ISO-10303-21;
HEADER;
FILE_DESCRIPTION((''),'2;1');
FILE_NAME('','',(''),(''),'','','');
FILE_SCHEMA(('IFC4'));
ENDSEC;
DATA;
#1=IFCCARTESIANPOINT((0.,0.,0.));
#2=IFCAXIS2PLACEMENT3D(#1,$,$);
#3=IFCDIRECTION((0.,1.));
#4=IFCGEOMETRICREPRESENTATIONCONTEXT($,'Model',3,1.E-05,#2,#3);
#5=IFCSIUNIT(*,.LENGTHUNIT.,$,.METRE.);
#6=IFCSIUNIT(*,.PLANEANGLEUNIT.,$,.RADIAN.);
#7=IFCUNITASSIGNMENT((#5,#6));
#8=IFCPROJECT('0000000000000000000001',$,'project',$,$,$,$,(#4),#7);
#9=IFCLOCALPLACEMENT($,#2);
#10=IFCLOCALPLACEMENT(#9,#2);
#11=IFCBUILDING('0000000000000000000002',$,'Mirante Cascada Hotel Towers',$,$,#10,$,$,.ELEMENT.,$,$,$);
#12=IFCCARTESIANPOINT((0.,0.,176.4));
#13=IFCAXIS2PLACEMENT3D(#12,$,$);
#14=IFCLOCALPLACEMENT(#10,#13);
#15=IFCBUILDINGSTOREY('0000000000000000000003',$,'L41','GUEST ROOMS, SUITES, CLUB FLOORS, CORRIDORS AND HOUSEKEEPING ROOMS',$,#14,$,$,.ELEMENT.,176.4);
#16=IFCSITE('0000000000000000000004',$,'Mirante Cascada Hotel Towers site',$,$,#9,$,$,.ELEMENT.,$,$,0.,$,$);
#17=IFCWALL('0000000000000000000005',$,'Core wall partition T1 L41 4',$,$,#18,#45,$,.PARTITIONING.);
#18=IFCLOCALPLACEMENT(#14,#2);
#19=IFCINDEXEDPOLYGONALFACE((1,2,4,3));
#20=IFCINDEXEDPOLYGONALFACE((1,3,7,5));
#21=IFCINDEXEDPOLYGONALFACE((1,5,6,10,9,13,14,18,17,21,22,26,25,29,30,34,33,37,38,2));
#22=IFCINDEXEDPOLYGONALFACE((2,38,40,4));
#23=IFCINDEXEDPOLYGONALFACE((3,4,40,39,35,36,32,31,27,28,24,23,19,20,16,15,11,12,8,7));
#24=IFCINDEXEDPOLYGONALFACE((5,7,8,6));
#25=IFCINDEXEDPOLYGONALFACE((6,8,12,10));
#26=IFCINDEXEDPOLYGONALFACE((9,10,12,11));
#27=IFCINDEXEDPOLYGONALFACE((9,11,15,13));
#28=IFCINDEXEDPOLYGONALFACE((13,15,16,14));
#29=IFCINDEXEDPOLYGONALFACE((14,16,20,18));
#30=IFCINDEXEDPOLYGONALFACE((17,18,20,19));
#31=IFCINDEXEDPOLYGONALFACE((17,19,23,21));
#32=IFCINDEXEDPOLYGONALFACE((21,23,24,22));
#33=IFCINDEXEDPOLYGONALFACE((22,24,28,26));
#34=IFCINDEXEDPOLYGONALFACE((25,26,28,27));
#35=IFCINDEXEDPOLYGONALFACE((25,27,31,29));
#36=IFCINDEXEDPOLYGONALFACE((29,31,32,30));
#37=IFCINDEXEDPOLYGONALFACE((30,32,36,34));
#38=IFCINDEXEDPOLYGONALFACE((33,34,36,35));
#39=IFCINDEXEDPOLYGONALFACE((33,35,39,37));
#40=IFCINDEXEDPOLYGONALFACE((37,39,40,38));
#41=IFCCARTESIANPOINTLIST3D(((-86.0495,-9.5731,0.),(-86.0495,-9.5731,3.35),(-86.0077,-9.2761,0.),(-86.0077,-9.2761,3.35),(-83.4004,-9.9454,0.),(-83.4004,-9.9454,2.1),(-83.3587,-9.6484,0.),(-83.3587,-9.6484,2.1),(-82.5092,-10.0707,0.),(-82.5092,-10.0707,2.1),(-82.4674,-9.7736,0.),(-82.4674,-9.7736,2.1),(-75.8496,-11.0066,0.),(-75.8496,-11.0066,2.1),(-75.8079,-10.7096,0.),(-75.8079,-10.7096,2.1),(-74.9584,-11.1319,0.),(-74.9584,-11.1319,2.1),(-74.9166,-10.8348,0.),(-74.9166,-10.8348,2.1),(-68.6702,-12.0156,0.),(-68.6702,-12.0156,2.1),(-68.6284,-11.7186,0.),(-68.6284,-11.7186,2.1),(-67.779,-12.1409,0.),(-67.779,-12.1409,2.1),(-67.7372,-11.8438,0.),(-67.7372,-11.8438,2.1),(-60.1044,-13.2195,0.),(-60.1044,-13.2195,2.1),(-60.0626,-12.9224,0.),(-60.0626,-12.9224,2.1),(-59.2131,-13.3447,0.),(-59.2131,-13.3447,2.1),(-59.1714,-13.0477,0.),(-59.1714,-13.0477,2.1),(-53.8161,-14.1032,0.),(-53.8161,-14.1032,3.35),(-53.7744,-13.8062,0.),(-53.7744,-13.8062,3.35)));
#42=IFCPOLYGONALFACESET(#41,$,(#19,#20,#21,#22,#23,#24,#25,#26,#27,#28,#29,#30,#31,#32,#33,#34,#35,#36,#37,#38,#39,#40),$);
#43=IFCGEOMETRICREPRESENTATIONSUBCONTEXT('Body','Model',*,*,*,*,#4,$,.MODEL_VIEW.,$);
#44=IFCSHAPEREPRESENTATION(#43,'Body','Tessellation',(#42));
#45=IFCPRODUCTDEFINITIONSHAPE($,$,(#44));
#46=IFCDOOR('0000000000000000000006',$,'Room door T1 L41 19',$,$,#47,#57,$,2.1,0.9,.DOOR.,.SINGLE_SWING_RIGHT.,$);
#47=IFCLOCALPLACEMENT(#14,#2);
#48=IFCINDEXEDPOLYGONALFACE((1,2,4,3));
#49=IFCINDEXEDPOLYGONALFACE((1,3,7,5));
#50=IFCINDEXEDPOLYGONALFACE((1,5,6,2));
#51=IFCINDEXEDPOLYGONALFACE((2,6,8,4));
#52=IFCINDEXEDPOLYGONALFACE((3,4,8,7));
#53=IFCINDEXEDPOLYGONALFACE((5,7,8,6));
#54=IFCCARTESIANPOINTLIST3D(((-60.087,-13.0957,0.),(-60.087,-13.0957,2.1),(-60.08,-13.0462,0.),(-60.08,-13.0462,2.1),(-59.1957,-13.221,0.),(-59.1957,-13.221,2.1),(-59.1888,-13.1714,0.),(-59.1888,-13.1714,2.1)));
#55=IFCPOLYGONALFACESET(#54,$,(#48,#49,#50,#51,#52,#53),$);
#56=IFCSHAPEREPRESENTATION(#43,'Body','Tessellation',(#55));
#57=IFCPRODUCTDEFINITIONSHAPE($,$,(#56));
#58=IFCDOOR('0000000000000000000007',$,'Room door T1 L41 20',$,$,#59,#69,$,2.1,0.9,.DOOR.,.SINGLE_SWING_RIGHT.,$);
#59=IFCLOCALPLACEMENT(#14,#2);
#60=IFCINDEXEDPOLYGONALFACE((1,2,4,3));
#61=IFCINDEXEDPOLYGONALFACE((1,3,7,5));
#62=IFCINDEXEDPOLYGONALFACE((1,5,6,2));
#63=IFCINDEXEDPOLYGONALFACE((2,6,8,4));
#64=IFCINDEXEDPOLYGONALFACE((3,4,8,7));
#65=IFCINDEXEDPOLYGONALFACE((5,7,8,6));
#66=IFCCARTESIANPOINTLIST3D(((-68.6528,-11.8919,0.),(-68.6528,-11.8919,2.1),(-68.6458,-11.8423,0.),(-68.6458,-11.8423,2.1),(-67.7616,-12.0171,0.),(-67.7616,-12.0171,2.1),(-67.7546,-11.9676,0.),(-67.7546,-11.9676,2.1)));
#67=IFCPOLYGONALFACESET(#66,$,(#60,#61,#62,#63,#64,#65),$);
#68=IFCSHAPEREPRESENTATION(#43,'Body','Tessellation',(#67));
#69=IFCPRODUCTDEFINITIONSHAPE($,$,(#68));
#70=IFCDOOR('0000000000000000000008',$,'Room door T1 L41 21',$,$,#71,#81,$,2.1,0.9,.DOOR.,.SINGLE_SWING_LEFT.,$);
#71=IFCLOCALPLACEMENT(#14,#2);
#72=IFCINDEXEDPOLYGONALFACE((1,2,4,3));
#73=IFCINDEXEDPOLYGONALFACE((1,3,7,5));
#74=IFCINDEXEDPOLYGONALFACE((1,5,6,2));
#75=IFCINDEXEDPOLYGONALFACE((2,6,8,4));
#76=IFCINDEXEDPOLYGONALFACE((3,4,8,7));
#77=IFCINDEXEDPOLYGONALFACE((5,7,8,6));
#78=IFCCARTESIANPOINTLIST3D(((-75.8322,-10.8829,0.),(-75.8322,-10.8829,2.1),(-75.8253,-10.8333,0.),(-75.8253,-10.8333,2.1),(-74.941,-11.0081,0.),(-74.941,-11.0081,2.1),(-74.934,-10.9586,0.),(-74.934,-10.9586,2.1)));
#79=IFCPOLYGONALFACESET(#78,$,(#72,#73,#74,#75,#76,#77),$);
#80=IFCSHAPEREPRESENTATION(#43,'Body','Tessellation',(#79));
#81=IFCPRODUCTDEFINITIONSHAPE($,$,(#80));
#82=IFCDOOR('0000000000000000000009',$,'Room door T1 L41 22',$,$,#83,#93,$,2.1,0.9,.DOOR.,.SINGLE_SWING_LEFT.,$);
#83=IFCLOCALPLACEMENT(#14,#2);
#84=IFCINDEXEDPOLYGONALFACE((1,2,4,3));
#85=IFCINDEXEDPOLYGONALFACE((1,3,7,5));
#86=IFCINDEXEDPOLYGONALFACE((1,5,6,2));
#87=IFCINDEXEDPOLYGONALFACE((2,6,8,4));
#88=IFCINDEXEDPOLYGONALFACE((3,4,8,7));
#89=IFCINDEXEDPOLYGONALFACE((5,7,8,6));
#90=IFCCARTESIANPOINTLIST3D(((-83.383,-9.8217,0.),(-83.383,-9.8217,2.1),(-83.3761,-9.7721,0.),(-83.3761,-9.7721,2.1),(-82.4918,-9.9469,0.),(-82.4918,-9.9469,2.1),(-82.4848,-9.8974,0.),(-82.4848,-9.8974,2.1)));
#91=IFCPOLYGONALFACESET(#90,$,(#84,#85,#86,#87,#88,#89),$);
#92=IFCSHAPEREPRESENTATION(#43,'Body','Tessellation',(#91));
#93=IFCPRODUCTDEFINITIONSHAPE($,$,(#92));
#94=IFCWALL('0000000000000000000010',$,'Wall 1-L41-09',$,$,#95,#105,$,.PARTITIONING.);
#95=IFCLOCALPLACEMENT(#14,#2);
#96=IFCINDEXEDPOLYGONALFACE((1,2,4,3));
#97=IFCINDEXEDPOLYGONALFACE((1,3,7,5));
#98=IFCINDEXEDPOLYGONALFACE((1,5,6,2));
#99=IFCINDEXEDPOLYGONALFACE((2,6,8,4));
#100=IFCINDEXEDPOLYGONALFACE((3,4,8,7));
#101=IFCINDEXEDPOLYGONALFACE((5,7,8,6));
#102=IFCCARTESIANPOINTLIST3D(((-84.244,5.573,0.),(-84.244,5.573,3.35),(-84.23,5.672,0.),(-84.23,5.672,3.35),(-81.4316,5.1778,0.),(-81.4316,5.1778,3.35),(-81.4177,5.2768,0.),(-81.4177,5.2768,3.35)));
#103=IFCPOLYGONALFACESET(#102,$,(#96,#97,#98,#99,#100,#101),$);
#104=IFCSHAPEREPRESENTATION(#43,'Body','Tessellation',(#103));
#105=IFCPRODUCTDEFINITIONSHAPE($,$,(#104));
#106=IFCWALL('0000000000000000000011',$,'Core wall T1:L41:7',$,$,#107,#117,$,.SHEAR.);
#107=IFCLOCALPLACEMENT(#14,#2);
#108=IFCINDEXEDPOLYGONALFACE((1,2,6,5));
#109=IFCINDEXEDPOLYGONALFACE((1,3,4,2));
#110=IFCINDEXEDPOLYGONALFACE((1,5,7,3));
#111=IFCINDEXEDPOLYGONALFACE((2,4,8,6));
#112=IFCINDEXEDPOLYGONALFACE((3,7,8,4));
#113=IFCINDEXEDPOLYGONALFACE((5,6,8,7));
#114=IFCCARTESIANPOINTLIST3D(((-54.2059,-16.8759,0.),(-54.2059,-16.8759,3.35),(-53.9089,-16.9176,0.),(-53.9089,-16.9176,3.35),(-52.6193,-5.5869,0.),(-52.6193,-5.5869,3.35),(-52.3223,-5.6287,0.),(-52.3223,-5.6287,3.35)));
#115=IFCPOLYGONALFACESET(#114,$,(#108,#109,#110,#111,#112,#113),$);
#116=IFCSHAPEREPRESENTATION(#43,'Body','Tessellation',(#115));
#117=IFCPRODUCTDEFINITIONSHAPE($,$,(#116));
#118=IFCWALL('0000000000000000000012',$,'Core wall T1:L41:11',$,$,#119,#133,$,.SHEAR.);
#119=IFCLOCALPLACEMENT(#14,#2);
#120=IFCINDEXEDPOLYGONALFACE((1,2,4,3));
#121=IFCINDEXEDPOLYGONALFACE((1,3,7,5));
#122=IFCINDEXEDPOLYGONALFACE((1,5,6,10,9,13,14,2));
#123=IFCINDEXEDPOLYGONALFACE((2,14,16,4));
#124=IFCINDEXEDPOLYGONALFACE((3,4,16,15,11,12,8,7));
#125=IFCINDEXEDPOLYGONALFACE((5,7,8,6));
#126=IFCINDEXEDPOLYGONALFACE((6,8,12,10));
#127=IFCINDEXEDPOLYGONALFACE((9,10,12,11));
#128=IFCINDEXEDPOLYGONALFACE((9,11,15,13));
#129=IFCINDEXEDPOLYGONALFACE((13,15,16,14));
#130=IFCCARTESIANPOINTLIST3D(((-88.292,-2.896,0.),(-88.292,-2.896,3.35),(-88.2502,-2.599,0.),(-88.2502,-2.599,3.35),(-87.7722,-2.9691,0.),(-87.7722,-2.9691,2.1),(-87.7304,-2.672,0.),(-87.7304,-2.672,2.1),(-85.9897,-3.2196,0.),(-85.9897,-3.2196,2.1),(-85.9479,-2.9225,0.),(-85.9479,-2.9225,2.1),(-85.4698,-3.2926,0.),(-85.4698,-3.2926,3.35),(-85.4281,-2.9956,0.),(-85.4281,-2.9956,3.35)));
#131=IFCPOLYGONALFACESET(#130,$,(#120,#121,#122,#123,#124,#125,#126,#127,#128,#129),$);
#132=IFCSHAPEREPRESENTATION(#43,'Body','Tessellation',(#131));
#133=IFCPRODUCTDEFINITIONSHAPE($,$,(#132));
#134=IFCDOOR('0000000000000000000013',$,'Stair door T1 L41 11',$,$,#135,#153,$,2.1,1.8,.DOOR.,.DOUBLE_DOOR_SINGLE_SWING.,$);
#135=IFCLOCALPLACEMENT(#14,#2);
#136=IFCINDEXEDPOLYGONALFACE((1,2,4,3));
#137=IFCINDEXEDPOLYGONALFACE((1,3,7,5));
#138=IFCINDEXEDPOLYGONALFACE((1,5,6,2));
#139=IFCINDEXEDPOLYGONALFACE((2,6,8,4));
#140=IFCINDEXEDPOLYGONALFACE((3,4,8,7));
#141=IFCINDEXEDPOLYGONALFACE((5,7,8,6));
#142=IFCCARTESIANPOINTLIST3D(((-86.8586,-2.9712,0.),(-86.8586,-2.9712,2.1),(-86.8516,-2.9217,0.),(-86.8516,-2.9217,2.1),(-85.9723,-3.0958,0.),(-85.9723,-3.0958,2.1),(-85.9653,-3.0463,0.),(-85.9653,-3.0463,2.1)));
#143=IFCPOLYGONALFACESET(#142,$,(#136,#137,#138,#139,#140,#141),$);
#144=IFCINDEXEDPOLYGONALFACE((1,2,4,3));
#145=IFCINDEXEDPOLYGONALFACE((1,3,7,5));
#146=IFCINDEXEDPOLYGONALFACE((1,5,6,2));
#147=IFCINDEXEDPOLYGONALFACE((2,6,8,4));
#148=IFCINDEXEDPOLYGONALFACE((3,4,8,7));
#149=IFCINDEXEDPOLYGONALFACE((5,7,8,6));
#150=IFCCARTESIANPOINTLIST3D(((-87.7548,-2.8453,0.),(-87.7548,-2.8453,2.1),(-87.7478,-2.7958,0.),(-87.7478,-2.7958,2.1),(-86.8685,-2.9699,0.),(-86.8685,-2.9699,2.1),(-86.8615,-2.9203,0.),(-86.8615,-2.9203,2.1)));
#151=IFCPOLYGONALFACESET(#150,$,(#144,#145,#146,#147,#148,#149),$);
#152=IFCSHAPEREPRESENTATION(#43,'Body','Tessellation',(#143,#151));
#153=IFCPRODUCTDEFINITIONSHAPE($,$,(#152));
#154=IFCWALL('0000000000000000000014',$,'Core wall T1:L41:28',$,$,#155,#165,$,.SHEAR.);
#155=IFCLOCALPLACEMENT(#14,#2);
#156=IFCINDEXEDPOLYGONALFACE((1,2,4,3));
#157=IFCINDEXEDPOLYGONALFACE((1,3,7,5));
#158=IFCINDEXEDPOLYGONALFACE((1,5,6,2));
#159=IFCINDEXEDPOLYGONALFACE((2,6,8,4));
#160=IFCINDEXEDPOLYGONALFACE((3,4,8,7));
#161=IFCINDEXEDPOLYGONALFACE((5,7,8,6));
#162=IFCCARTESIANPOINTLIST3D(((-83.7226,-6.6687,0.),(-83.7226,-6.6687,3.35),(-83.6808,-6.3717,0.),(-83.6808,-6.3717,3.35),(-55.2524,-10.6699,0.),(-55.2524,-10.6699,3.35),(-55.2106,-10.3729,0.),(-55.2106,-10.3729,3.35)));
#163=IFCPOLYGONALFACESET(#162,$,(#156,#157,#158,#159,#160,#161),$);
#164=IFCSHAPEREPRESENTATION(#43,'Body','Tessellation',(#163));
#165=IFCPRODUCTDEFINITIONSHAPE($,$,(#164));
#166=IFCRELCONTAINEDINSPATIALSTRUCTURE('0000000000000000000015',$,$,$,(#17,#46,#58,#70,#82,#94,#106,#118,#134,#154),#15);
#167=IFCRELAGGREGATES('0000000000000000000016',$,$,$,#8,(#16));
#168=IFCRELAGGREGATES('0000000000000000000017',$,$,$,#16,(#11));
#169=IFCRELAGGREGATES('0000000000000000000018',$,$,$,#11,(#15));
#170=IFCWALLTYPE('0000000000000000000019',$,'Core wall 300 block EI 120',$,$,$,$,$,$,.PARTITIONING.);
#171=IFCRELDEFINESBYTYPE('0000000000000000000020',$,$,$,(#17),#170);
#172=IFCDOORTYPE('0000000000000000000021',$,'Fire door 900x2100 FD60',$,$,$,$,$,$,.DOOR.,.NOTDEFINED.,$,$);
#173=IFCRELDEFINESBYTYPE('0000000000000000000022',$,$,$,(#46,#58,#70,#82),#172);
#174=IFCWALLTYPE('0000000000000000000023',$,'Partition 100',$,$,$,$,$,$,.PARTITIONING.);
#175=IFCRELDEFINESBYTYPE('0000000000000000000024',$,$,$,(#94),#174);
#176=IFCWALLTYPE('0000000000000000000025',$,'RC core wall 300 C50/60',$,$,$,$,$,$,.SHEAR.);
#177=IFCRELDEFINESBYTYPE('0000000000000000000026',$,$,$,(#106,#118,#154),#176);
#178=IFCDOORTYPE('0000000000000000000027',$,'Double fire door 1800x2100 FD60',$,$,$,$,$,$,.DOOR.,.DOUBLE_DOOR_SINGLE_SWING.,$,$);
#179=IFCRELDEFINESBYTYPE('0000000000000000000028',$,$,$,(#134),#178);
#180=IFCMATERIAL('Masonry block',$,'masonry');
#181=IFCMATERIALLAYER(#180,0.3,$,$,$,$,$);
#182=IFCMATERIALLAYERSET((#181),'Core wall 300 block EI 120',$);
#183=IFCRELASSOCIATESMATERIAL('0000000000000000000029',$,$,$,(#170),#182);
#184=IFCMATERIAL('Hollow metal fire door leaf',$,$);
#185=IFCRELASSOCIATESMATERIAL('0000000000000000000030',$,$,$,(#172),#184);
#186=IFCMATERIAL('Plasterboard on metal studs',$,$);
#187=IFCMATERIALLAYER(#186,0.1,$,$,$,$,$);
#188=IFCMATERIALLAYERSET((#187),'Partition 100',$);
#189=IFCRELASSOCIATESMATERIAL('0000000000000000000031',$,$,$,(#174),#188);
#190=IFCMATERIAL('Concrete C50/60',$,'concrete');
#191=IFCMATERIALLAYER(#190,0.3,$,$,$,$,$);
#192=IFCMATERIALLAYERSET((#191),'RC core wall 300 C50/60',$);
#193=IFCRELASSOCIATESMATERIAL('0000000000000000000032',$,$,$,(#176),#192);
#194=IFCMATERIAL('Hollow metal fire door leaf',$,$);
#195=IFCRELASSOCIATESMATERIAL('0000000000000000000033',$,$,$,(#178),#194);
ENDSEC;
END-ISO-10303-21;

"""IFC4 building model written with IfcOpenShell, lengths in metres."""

from ifc_helpers import new_model, si_unit, direction, frame, frame_2d, origin, place, context, subcontext, project, spatial, rectangle, extrude, material, layer, layer_set, type_object, element, fill, save


model = new_model("IFC4")

# Units and contexts
model_context = context("Model", 3, precision=1e-05, world=origin(), true_north=direction((0.0, 1.0)))
body_context = subcontext(model_context, "Body", "Model", "MODEL_VIEW")
ifc_project = project(units=[si_unit("LENGTHUNIT", "METRE"), si_unit("PLANEANGLEUNIT", "RADIAN")], contexts=[model_context])

# Site, building, storey
site_placement = place(None, origin())
site = spatial("IfcSite", under=ifc_project, at=site_placement, Name="Mirante Cascada Hotel Towers site", CompositionType="ELEMENT", RefElevation=0.0)
building_placement = place(site_placement, origin())
building = spatial("IfcBuilding", under=site, at=building_placement, Name="Mirante Cascada Hotel Towers", CompositionType="ELEMENT")
storey_placement = place(building_placement, frame((0.0, 0.0, 176.4)))
storey = spatial("IfcBuildingStorey", under=building, at=storey_placement, Name="L41", Description="GUEST ROOMS, SUITES, CLUB FLOORS, CORRIDORS AND HOUSEKEEPING ROOMS", CompositionType="ELEMENT", Elevation=176.4)

# Wall, openings, doors
ifc_material_1 = material(Name="Masonry block", Category="masonry")
ifc_layer_1 = layer(ifc_material_1, 0.3)
ifc_layer_set_1 = layer_set([ifc_layer_1], Name="Core wall 300 block EI 120")
wall_type_1 = type_object("IfcWallType", Name="Core wall 300 block EI 120", PredefinedType="PARTITIONING", material=ifc_layer_set_1)
wall_1_placement = place(storey_placement, frame((-53.7953, -13.9547, 0.0), z_axis=(0.0, 0.0, 1.0), x_axis=(-0.990268, 0.139173, 0.0)))
wall_1 = element("IfcWall", 1, at=wall_1_placement, inside=storey, type_object=wall_type_1, Name="Core wall partition T1 L41 4", PredefinedType="PARTITIONING", context=body_context, shape_type="SweptSolid", body=[
    extrude(rectangle(XDim=32.5501, YDim=0.3, at=frame_2d((16.275, 0.0))), origin(), (0.0, 0.0, 1.0), 3.35),
])
opening_1_placement = place(wall_1_placement, frame((5.45, 0.0, 0.0)))
opening_1 = element("IfcOpeningElement", 2, at=opening_1_placement, cuts=wall_1, PredefinedType="OPENING", context=body_context, shape_type="SweptSolid", body=[
    extrude(rectangle(XDim=0.9, YDim=2.1, at=frame_2d((0.45, 1.05))), frame((0.0, 0.15, 0.0), z_axis=(0.0, -1.0, 0.0), x_axis=(1.0, 0.0, 0.0)), (0.0, 0.0, 1.0), 0.3),
])
opening_2_placement = place(wall_1_placement, frame((14.1, 0.0, 0.0)))
opening_2 = element("IfcOpeningElement", 3, at=opening_2_placement, cuts=wall_1, PredefinedType="OPENING", context=body_context, shape_type="SweptSolid", body=[
    extrude(rectangle(XDim=0.9, YDim=2.1, at=frame_2d((0.45, 1.05))), frame((0.0, 0.15, 0.0), z_axis=(0.0, -1.0, 0.0), x_axis=(1.0, 0.0, 0.0)), (0.0, 0.0, 1.0), 0.3),
])
opening_3_placement = place(wall_1_placement, frame((21.35, 0.0, 0.0)))
opening_3 = element("IfcOpeningElement", 4, at=opening_3_placement, cuts=wall_1, PredefinedType="OPENING", context=body_context, shape_type="SweptSolid", body=[
    extrude(rectangle(XDim=0.9, YDim=2.1, at=frame_2d((0.45, 1.05))), frame((0.0, 0.15, 0.0), z_axis=(0.0, -1.0, 0.0), x_axis=(1.0, 0.0, 0.0)), (0.0, 0.0, 1.0), 0.3),
])
opening_4_placement = place(wall_1_placement, frame((28.975, 0.0, 0.0)))
opening_4 = element("IfcOpeningElement", 5, at=opening_4_placement, cuts=wall_1, PredefinedType="OPENING", context=body_context, shape_type="SweptSolid", body=[
    extrude(rectangle(XDim=0.9, YDim=2.1, at=frame_2d((0.45, 1.05))), frame((0.0, 0.15, 0.0), z_axis=(0.0, -1.0, 0.0), x_axis=(1.0, 0.0, 0.0)), (0.0, 0.0, 1.0), 0.3),
])
ifc_material_2 = material(Name="Hollow metal fire door leaf")
door_type_1 = type_object("IfcDoorType", Name="Fire door 900x2100 FD60", OperationType="NOTDEFINED", PredefinedType="DOOR", material=ifc_material_2)
door_1_placement = place(opening_1_placement, origin())
door_1 = element("IfcDoor", 6, at=door_1_placement, inside=storey, type_object=door_type_1, Name="Room door T1 L41 19", OperationType="SINGLE_SWING_RIGHT", OverallHeight=2.1, OverallWidth=0.9, PredefinedType="DOOR", context=body_context, shape_type="SweptSolid", body=[
    extrude(rectangle(XDim=0.9, YDim=2.1, at=frame_2d((0.45, 1.05))), frame((0.0, 0.025, 0.0), z_axis=(0.0, -1.0, 0.0), x_axis=(1.0, 0.0, 0.0)), (0.0, 0.0, 1.0), 0.05),
])
fill(opening_1, door_1)
door_2_placement = place(opening_2_placement, origin())
door_2 = element("IfcDoor", 7, at=door_2_placement, inside=storey, type_object=door_type_1, Name="Room door T1 L41 20", OperationType="SINGLE_SWING_RIGHT", OverallHeight=2.1, OverallWidth=0.9, PredefinedType="DOOR", context=body_context, shape_type="SweptSolid", body=[
    extrude(rectangle(XDim=0.9, YDim=2.1, at=frame_2d((0.45, 1.05))), frame((0.0, 0.025, 0.0), z_axis=(0.0, -1.0, 0.0), x_axis=(1.0, 0.0, 0.0)), (0.0, 0.0, 1.0), 0.05),
])
fill(opening_2, door_2)
door_3_placement = place(opening_3_placement, origin())
door_3 = element("IfcDoor", 8, at=door_3_placement, inside=storey, type_object=door_type_1, Name="Room door T1 L41 21", OperationType="SINGLE_SWING_LEFT", OverallHeight=2.1, OverallWidth=0.9, PredefinedType="DOOR", context=body_context, shape_type="SweptSolid", body=[
    extrude(rectangle(XDim=0.9, YDim=2.1, at=frame_2d((0.45, 1.05))), frame((0.0, 0.025, 0.0), z_axis=(0.0, -1.0, 0.0), x_axis=(1.0, 0.0, 0.0)), (0.0, 0.0, 1.0), 0.05),
])
fill(opening_3, door_3)
door_4_placement = place(opening_4_placement, origin())
door_4 = element("IfcDoor", 9, at=door_4_placement, inside=storey, type_object=door_type_1, Name="Room door T1 L41 22", OperationType="SINGLE_SWING_LEFT", OverallHeight=2.1, OverallWidth=0.9, PredefinedType="DOOR", context=body_context, shape_type="SweptSolid", body=[
    extrude(rectangle(XDim=0.9, YDim=2.1, at=frame_2d((0.45, 1.05))), frame((0.0, 0.025, 0.0), z_axis=(0.0, -1.0, 0.0), x_axis=(1.0, 0.0, 0.0)), (0.0, 0.0, 1.0), 0.05),
])
fill(opening_4, door_4)

# Walls
ifc_material_3 = material(Name="Plasterboard on metal studs")
ifc_layer_2 = layer(ifc_material_3, 0.1)
ifc_layer_set_2 = layer_set([ifc_layer_2], Name="Partition 100")
wall_type_2 = type_object("IfcWallType", Name="Partition 100", PredefinedType="PARTITIONING", material=ifc_layer_set_2)
wall_2_placement = place(storey_placement, frame((-84.237, 5.6225, 0.0), z_axis=(0.0, 0.0, 1.0), x_axis=(0.990271, -0.139153, 0.0)))
element("IfcWall", 10, at=wall_2_placement, inside=storey, type_object=wall_type_2, Name="Wall 1-L41-09", PredefinedType="PARTITIONING", context=body_context, shape_type="SweptSolid", body=[
    extrude(rectangle(XDim=2.84, YDim=0.1, at=frame_2d((1.42, 0.0))), origin(), (0.0, 0.0, 1.0), 3.35),
])
ifc_material_4 = material(Name="Concrete C50/60", Category="concrete")
ifc_layer_3 = layer(ifc_material_4, 0.3)
ifc_layer_set_3 = layer_set([ifc_layer_3], Name="RC core wall 300 C50/60")
wall_type_3 = type_object("IfcWallType", Name="RC core wall 300 C50/60", PredefinedType="SHEAR", material=ifc_layer_set_3)
wall_3_placement = place(storey_placement, frame((-54.0574, -16.8968, 0.0), z_axis=(0.0, 0.0, 1.0), x_axis=(0.139176, 0.990268, 0.0)))
element("IfcWall", 11, at=wall_3_placement, inside=storey, type_object=wall_type_3, Name="Core wall T1:L41:7", PredefinedType="SHEAR", context=body_context, shape_type="SweptSolid", body=[
    extrude(rectangle(XDim=11.3999, YDim=0.3, at=frame_2d((5.7, 0.0))), origin(), (0.0, 0.0, 1.0), 3.35),
])

# Wall, opening, door
wall_4_placement = place(storey_placement, frame((-85.4489, -3.1441, 0.0), z_axis=(0.0, 0.0, 1.0), x_axis=(-0.99027, 0.139161, 0.0)))
wall_4 = element("IfcWall", 12, at=wall_4_placement, inside=storey, type_object=wall_type_3, Name="Core wall T1:L41:11", PredefinedType="SHEAR", context=body_context, shape_type="SweptSolid", body=[
    extrude(rectangle(XDim=2.8499, YDim=0.3, at=frame_2d((1.425, 0.0))), origin(), (0.0, 0.0, 1.0), 3.35),
])
opening_5_placement = place(wall_4_placement, frame((0.525, 0.0, 0.0)))
opening_5 = element("IfcOpeningElement", 13, at=opening_5_placement, cuts=wall_4, PredefinedType="OPENING", context=body_context, shape_type="SweptSolid", body=[
    extrude(rectangle(XDim=1.8, YDim=2.1, at=frame_2d((0.9, 1.05))), frame((0.0, 0.15, 0.0), z_axis=(0.0, -1.0, 0.0), x_axis=(1.0, 0.0, 0.0)), (0.0, 0.0, 1.0), 0.3),
])
ifc_material_5 = material(Name="Hollow metal fire door leaf")
door_type_2 = type_object("IfcDoorType", Name="Double fire door 1800x2100 FD60", OperationType="DOUBLE_DOOR_SINGLE_SWING", PredefinedType="DOOR", material=ifc_material_5)
door_5_placement = place(opening_5_placement, origin())
door_5 = element("IfcDoor", 14, at=door_5_placement, inside=storey, type_object=door_type_2, Name="Stair door T1 L41 11", OperationType="DOUBLE_DOOR_SINGLE_SWING", OverallHeight=2.1, OverallWidth=1.8, PredefinedType="DOOR", context=body_context, shape_type="SweptSolid", body=[
    extrude(rectangle(XDim=0.895, YDim=2.1, at=frame_2d((0.4475, 1.05))), frame((0.0, 0.025, 0.0), z_axis=(0.0, -1.0, 0.0), x_axis=(1.0, 0.0, 0.0)), (0.0, 0.0, 1.0), 0.05),
    extrude(rectangle(XDim=0.895, YDim=2.1, at=frame_2d((1.3525, 1.05))), frame((0.0, 0.025, 0.0), z_axis=(0.0, -1.0, 0.0), x_axis=(1.0, 0.0, 0.0)), (0.0, 0.0, 1.0), 0.05),
])
fill(opening_5, door_5)

# Wall
wall_5_placement = place(storey_placement, frame((-55.2315, -10.5214, 0.0), z_axis=(0.0, 0.0, 1.0), x_axis=(-0.990268, 0.139172, 0.0)))
element("IfcWall", 15, at=wall_5_placement, inside=storey, type_object=wall_type_3, Name="Core wall T1:L41:28", PredefinedType="SHEAR", context=body_context, shape_type="SweptSolid", body=[
    extrude(rectangle(XDim=28.75, YDim=0.3, at=frame_2d((14.375, 0.0))), origin(), (0.0, 0.0, 1.0), 3.35),
])

save(model, "model.ifc")
